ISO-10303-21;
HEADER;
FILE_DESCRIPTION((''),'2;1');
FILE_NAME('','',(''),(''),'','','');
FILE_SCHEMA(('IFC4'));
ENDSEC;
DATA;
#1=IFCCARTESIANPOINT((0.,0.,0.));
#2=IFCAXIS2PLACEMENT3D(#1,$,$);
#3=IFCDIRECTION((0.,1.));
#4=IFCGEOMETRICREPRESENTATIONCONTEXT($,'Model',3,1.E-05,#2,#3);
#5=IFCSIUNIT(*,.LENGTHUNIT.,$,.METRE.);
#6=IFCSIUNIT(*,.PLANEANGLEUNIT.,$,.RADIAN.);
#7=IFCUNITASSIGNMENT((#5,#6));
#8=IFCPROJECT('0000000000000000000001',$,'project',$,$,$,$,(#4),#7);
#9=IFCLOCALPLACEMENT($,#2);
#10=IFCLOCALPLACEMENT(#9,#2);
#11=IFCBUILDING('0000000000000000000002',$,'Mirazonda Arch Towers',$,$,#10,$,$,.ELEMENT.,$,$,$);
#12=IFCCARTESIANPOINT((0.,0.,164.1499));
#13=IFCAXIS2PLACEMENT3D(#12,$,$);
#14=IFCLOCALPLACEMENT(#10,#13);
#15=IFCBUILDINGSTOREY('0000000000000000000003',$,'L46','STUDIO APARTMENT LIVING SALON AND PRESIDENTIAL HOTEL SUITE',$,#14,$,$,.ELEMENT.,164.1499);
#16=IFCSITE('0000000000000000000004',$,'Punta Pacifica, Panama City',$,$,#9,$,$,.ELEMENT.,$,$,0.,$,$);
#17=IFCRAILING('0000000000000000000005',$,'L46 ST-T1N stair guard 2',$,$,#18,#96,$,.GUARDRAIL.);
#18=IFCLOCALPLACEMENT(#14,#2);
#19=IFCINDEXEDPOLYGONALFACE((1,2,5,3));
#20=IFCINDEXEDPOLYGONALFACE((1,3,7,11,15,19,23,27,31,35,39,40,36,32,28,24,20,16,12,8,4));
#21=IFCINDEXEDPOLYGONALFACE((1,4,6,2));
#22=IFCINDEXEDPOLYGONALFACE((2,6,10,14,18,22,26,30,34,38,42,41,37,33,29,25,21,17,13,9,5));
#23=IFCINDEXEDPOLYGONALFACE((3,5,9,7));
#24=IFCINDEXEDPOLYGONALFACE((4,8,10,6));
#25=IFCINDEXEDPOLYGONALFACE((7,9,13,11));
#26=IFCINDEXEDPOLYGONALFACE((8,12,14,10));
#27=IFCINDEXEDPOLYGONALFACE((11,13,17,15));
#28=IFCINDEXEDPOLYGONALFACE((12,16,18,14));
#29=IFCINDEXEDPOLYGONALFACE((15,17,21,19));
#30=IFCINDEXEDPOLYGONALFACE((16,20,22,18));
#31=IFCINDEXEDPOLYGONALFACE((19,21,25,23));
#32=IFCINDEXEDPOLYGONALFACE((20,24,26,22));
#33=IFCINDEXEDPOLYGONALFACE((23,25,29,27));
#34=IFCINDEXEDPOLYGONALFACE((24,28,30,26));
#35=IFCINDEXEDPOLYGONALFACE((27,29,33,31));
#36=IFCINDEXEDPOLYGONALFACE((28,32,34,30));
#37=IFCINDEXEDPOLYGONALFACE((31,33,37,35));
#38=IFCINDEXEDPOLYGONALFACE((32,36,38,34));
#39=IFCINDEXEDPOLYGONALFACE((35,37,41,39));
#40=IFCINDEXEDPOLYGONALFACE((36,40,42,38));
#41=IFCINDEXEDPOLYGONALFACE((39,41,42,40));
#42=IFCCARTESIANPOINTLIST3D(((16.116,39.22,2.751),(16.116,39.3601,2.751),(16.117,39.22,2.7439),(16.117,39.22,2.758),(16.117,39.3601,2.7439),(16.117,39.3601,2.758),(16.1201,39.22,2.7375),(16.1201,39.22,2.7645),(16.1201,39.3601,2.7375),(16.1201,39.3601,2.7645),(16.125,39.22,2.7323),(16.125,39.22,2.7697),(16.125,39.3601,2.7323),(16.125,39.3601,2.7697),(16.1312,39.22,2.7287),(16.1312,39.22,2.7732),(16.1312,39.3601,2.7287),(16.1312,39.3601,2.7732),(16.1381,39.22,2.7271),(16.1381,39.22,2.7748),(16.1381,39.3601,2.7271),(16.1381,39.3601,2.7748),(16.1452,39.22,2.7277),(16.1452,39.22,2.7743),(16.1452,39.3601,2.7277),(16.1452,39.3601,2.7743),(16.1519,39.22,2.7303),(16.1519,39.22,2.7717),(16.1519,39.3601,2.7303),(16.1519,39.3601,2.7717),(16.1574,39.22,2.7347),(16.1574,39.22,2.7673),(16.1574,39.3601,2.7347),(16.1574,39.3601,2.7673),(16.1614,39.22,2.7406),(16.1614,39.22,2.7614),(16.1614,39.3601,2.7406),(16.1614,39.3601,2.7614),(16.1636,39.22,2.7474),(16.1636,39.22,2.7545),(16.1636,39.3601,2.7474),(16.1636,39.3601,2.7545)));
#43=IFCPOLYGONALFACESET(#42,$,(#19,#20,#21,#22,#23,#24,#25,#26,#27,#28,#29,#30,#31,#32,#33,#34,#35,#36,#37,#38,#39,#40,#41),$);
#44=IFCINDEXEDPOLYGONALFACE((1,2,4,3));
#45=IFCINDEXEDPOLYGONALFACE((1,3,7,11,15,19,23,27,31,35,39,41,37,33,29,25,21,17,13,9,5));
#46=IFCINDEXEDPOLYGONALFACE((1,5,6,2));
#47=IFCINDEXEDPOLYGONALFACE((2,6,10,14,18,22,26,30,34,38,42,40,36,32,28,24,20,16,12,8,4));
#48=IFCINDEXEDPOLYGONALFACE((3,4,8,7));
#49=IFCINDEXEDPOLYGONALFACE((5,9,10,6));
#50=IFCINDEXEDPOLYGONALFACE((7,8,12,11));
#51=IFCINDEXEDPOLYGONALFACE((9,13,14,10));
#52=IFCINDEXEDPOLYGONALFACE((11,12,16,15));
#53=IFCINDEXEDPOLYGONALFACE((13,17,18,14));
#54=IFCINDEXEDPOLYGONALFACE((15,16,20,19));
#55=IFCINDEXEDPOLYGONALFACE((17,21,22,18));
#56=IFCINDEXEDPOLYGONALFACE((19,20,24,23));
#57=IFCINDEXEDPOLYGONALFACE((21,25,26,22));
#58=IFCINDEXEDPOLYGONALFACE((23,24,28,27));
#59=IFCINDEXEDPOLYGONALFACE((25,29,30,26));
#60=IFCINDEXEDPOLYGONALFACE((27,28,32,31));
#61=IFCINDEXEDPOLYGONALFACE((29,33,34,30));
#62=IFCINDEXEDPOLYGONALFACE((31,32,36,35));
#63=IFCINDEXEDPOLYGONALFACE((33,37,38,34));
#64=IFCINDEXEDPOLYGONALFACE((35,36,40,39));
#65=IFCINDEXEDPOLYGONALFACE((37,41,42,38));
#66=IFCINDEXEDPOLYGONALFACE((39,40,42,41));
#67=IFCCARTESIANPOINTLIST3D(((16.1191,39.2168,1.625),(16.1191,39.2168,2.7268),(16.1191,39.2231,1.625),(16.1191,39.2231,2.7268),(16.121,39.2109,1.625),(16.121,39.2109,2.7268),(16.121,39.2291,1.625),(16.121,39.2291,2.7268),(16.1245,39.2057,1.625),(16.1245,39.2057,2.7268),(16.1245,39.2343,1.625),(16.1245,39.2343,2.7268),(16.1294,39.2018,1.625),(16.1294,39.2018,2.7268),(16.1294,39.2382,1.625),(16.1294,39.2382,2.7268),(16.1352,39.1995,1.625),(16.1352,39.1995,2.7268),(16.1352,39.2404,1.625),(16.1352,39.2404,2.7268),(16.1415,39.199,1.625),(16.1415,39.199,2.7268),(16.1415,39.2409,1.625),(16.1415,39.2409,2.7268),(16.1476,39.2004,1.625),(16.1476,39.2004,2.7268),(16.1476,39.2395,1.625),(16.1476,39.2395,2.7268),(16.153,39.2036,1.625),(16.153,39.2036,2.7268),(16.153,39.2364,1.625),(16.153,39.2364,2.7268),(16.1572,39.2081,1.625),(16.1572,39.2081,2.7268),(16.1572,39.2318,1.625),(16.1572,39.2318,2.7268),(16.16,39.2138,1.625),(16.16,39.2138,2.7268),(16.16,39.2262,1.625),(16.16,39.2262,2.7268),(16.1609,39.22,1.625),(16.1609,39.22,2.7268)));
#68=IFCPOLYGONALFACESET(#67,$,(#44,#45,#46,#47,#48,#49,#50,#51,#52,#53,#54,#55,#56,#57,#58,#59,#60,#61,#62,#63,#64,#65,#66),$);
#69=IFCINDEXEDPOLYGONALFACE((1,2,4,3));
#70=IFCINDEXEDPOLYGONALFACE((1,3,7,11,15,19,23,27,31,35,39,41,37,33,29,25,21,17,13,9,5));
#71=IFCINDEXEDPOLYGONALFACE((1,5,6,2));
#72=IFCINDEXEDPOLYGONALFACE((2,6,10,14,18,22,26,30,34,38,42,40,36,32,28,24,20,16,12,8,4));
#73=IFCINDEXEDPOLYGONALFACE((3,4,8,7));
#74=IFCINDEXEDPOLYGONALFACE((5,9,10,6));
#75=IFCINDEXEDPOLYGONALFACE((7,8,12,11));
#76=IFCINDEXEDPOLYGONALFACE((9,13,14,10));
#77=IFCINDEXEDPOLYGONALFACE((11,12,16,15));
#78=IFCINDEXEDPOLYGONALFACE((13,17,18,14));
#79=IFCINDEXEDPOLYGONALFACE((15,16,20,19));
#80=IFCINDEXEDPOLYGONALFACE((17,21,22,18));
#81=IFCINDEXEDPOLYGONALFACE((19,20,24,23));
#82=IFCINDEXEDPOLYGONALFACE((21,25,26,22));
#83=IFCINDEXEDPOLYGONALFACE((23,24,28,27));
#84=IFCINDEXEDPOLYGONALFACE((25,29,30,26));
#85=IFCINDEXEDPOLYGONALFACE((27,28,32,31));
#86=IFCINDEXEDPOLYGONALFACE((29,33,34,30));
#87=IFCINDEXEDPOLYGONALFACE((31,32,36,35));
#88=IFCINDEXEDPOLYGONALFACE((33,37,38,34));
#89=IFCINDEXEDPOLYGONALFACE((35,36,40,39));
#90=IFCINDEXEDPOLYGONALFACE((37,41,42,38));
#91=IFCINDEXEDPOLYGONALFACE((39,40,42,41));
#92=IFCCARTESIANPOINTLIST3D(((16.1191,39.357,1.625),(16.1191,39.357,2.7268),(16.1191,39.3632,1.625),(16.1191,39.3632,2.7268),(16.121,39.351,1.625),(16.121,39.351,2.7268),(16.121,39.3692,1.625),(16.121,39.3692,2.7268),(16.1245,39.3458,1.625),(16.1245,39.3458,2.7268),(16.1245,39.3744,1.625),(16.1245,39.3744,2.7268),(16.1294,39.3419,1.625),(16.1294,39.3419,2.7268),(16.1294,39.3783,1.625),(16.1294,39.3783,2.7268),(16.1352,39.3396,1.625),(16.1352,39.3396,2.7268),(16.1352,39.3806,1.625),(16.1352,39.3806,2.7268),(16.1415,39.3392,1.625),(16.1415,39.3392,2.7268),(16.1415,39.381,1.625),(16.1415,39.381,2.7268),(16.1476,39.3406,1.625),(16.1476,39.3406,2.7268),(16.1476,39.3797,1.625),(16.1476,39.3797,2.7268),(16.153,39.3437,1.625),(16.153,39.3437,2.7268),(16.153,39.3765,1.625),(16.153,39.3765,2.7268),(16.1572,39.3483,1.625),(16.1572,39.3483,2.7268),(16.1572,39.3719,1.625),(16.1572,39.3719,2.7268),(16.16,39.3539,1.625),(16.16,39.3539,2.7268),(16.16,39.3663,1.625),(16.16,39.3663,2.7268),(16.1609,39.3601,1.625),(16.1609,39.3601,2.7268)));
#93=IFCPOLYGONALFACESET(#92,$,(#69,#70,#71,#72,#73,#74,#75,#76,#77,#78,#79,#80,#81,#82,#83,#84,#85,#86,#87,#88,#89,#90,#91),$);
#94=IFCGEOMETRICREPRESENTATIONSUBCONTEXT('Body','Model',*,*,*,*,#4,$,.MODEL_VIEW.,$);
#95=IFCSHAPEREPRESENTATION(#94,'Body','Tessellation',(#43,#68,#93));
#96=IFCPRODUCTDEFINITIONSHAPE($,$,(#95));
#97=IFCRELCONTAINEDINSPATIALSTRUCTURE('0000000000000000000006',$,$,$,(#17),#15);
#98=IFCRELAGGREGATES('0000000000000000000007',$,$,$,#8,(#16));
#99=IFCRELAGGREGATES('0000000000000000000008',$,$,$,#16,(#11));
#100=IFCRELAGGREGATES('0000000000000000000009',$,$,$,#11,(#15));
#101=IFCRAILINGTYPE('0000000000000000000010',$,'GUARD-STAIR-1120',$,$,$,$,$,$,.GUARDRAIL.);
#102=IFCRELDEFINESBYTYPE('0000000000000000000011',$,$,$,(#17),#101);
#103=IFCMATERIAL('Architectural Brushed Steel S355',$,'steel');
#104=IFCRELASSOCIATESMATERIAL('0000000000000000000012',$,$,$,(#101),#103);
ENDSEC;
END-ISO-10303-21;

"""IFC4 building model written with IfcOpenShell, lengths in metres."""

from ifc_helpers import new_model, si_unit, direction, frame, origin, origin_2d, place, context, subcontext, project, spatial, circle, extrude, material, type_object, element, save


model = new_model("IFC4")

# Units and contexts
model_context = context("Model", 3, precision=1e-05, world=origin(), true_north=direction((0.0, 1.0)))
body_context = subcontext(model_context, "Body", "Model", "MODEL_VIEW")
ifc_project = project(units=[si_unit("LENGTHUNIT", "METRE"), si_unit("PLANEANGLEUNIT", "RADIAN")], contexts=[model_context])

# Site, building, storey
site_placement = place(None, origin())
site = spatial("IfcSite", under=ifc_project, at=site_placement, Name="Punta Pacifica, Panama City", CompositionType="ELEMENT", RefElevation=0.0)
building_placement = place(site_placement, origin())
building = spatial("IfcBuilding", under=site, at=building_placement, Name="Mirazonda Arch Towers", CompositionType="ELEMENT")
storey_placement = place(building_placement, frame((0.0, 0.0, 164.1499)))
storey = spatial("IfcBuildingStorey", under=building, at=storey_placement, Name="L46", Description="STUDIO APARTMENT LIVING SALON AND PRESIDENTIAL HOTEL SUITE", CompositionType="ELEMENT", Elevation=164.1499)

# Shared definitions
ifc_material_1 = material(Name="Architectural Brushed Steel S355", Category="steel")

# Railing
railing_type_1 = type_object("IfcRailingType", Name="GUARD-STAIR-1120", PredefinedType="GUARDRAIL", material=ifc_material_1)
railing_1_placement = place(storey_placement, frame((16.1399, 39.22, 1.625)))
element("IfcRailing", 1, at=railing_1_placement, inside=storey, type_object=railing_type_1, Name="L46 ST-T1N stair guard 2", PredefinedType="GUARDRAIL", context=body_context, shape_type="SweptSolid", body=[
    extrude(circle(Radius=0.0239, at=origin_2d()), frame((0.0, 0.0, 1.126), z_axis=(0.0, 1.0, 0.0), x_axis=(-1.0, 0.0, 0.0)), (0.0, 0.0, 1.0), 0.1401),
    extrude(circle(Radius=0.021, at=origin_2d()), origin(), (0.0, 0.0, 1.0), 1.1018),
    extrude(circle(Radius=0.021, at=origin_2d()), frame((0.0, 0.1401, 0.0)), (0.0, 0.0, 1.0), 1.1018),
])

save(model, "model.ifc")
